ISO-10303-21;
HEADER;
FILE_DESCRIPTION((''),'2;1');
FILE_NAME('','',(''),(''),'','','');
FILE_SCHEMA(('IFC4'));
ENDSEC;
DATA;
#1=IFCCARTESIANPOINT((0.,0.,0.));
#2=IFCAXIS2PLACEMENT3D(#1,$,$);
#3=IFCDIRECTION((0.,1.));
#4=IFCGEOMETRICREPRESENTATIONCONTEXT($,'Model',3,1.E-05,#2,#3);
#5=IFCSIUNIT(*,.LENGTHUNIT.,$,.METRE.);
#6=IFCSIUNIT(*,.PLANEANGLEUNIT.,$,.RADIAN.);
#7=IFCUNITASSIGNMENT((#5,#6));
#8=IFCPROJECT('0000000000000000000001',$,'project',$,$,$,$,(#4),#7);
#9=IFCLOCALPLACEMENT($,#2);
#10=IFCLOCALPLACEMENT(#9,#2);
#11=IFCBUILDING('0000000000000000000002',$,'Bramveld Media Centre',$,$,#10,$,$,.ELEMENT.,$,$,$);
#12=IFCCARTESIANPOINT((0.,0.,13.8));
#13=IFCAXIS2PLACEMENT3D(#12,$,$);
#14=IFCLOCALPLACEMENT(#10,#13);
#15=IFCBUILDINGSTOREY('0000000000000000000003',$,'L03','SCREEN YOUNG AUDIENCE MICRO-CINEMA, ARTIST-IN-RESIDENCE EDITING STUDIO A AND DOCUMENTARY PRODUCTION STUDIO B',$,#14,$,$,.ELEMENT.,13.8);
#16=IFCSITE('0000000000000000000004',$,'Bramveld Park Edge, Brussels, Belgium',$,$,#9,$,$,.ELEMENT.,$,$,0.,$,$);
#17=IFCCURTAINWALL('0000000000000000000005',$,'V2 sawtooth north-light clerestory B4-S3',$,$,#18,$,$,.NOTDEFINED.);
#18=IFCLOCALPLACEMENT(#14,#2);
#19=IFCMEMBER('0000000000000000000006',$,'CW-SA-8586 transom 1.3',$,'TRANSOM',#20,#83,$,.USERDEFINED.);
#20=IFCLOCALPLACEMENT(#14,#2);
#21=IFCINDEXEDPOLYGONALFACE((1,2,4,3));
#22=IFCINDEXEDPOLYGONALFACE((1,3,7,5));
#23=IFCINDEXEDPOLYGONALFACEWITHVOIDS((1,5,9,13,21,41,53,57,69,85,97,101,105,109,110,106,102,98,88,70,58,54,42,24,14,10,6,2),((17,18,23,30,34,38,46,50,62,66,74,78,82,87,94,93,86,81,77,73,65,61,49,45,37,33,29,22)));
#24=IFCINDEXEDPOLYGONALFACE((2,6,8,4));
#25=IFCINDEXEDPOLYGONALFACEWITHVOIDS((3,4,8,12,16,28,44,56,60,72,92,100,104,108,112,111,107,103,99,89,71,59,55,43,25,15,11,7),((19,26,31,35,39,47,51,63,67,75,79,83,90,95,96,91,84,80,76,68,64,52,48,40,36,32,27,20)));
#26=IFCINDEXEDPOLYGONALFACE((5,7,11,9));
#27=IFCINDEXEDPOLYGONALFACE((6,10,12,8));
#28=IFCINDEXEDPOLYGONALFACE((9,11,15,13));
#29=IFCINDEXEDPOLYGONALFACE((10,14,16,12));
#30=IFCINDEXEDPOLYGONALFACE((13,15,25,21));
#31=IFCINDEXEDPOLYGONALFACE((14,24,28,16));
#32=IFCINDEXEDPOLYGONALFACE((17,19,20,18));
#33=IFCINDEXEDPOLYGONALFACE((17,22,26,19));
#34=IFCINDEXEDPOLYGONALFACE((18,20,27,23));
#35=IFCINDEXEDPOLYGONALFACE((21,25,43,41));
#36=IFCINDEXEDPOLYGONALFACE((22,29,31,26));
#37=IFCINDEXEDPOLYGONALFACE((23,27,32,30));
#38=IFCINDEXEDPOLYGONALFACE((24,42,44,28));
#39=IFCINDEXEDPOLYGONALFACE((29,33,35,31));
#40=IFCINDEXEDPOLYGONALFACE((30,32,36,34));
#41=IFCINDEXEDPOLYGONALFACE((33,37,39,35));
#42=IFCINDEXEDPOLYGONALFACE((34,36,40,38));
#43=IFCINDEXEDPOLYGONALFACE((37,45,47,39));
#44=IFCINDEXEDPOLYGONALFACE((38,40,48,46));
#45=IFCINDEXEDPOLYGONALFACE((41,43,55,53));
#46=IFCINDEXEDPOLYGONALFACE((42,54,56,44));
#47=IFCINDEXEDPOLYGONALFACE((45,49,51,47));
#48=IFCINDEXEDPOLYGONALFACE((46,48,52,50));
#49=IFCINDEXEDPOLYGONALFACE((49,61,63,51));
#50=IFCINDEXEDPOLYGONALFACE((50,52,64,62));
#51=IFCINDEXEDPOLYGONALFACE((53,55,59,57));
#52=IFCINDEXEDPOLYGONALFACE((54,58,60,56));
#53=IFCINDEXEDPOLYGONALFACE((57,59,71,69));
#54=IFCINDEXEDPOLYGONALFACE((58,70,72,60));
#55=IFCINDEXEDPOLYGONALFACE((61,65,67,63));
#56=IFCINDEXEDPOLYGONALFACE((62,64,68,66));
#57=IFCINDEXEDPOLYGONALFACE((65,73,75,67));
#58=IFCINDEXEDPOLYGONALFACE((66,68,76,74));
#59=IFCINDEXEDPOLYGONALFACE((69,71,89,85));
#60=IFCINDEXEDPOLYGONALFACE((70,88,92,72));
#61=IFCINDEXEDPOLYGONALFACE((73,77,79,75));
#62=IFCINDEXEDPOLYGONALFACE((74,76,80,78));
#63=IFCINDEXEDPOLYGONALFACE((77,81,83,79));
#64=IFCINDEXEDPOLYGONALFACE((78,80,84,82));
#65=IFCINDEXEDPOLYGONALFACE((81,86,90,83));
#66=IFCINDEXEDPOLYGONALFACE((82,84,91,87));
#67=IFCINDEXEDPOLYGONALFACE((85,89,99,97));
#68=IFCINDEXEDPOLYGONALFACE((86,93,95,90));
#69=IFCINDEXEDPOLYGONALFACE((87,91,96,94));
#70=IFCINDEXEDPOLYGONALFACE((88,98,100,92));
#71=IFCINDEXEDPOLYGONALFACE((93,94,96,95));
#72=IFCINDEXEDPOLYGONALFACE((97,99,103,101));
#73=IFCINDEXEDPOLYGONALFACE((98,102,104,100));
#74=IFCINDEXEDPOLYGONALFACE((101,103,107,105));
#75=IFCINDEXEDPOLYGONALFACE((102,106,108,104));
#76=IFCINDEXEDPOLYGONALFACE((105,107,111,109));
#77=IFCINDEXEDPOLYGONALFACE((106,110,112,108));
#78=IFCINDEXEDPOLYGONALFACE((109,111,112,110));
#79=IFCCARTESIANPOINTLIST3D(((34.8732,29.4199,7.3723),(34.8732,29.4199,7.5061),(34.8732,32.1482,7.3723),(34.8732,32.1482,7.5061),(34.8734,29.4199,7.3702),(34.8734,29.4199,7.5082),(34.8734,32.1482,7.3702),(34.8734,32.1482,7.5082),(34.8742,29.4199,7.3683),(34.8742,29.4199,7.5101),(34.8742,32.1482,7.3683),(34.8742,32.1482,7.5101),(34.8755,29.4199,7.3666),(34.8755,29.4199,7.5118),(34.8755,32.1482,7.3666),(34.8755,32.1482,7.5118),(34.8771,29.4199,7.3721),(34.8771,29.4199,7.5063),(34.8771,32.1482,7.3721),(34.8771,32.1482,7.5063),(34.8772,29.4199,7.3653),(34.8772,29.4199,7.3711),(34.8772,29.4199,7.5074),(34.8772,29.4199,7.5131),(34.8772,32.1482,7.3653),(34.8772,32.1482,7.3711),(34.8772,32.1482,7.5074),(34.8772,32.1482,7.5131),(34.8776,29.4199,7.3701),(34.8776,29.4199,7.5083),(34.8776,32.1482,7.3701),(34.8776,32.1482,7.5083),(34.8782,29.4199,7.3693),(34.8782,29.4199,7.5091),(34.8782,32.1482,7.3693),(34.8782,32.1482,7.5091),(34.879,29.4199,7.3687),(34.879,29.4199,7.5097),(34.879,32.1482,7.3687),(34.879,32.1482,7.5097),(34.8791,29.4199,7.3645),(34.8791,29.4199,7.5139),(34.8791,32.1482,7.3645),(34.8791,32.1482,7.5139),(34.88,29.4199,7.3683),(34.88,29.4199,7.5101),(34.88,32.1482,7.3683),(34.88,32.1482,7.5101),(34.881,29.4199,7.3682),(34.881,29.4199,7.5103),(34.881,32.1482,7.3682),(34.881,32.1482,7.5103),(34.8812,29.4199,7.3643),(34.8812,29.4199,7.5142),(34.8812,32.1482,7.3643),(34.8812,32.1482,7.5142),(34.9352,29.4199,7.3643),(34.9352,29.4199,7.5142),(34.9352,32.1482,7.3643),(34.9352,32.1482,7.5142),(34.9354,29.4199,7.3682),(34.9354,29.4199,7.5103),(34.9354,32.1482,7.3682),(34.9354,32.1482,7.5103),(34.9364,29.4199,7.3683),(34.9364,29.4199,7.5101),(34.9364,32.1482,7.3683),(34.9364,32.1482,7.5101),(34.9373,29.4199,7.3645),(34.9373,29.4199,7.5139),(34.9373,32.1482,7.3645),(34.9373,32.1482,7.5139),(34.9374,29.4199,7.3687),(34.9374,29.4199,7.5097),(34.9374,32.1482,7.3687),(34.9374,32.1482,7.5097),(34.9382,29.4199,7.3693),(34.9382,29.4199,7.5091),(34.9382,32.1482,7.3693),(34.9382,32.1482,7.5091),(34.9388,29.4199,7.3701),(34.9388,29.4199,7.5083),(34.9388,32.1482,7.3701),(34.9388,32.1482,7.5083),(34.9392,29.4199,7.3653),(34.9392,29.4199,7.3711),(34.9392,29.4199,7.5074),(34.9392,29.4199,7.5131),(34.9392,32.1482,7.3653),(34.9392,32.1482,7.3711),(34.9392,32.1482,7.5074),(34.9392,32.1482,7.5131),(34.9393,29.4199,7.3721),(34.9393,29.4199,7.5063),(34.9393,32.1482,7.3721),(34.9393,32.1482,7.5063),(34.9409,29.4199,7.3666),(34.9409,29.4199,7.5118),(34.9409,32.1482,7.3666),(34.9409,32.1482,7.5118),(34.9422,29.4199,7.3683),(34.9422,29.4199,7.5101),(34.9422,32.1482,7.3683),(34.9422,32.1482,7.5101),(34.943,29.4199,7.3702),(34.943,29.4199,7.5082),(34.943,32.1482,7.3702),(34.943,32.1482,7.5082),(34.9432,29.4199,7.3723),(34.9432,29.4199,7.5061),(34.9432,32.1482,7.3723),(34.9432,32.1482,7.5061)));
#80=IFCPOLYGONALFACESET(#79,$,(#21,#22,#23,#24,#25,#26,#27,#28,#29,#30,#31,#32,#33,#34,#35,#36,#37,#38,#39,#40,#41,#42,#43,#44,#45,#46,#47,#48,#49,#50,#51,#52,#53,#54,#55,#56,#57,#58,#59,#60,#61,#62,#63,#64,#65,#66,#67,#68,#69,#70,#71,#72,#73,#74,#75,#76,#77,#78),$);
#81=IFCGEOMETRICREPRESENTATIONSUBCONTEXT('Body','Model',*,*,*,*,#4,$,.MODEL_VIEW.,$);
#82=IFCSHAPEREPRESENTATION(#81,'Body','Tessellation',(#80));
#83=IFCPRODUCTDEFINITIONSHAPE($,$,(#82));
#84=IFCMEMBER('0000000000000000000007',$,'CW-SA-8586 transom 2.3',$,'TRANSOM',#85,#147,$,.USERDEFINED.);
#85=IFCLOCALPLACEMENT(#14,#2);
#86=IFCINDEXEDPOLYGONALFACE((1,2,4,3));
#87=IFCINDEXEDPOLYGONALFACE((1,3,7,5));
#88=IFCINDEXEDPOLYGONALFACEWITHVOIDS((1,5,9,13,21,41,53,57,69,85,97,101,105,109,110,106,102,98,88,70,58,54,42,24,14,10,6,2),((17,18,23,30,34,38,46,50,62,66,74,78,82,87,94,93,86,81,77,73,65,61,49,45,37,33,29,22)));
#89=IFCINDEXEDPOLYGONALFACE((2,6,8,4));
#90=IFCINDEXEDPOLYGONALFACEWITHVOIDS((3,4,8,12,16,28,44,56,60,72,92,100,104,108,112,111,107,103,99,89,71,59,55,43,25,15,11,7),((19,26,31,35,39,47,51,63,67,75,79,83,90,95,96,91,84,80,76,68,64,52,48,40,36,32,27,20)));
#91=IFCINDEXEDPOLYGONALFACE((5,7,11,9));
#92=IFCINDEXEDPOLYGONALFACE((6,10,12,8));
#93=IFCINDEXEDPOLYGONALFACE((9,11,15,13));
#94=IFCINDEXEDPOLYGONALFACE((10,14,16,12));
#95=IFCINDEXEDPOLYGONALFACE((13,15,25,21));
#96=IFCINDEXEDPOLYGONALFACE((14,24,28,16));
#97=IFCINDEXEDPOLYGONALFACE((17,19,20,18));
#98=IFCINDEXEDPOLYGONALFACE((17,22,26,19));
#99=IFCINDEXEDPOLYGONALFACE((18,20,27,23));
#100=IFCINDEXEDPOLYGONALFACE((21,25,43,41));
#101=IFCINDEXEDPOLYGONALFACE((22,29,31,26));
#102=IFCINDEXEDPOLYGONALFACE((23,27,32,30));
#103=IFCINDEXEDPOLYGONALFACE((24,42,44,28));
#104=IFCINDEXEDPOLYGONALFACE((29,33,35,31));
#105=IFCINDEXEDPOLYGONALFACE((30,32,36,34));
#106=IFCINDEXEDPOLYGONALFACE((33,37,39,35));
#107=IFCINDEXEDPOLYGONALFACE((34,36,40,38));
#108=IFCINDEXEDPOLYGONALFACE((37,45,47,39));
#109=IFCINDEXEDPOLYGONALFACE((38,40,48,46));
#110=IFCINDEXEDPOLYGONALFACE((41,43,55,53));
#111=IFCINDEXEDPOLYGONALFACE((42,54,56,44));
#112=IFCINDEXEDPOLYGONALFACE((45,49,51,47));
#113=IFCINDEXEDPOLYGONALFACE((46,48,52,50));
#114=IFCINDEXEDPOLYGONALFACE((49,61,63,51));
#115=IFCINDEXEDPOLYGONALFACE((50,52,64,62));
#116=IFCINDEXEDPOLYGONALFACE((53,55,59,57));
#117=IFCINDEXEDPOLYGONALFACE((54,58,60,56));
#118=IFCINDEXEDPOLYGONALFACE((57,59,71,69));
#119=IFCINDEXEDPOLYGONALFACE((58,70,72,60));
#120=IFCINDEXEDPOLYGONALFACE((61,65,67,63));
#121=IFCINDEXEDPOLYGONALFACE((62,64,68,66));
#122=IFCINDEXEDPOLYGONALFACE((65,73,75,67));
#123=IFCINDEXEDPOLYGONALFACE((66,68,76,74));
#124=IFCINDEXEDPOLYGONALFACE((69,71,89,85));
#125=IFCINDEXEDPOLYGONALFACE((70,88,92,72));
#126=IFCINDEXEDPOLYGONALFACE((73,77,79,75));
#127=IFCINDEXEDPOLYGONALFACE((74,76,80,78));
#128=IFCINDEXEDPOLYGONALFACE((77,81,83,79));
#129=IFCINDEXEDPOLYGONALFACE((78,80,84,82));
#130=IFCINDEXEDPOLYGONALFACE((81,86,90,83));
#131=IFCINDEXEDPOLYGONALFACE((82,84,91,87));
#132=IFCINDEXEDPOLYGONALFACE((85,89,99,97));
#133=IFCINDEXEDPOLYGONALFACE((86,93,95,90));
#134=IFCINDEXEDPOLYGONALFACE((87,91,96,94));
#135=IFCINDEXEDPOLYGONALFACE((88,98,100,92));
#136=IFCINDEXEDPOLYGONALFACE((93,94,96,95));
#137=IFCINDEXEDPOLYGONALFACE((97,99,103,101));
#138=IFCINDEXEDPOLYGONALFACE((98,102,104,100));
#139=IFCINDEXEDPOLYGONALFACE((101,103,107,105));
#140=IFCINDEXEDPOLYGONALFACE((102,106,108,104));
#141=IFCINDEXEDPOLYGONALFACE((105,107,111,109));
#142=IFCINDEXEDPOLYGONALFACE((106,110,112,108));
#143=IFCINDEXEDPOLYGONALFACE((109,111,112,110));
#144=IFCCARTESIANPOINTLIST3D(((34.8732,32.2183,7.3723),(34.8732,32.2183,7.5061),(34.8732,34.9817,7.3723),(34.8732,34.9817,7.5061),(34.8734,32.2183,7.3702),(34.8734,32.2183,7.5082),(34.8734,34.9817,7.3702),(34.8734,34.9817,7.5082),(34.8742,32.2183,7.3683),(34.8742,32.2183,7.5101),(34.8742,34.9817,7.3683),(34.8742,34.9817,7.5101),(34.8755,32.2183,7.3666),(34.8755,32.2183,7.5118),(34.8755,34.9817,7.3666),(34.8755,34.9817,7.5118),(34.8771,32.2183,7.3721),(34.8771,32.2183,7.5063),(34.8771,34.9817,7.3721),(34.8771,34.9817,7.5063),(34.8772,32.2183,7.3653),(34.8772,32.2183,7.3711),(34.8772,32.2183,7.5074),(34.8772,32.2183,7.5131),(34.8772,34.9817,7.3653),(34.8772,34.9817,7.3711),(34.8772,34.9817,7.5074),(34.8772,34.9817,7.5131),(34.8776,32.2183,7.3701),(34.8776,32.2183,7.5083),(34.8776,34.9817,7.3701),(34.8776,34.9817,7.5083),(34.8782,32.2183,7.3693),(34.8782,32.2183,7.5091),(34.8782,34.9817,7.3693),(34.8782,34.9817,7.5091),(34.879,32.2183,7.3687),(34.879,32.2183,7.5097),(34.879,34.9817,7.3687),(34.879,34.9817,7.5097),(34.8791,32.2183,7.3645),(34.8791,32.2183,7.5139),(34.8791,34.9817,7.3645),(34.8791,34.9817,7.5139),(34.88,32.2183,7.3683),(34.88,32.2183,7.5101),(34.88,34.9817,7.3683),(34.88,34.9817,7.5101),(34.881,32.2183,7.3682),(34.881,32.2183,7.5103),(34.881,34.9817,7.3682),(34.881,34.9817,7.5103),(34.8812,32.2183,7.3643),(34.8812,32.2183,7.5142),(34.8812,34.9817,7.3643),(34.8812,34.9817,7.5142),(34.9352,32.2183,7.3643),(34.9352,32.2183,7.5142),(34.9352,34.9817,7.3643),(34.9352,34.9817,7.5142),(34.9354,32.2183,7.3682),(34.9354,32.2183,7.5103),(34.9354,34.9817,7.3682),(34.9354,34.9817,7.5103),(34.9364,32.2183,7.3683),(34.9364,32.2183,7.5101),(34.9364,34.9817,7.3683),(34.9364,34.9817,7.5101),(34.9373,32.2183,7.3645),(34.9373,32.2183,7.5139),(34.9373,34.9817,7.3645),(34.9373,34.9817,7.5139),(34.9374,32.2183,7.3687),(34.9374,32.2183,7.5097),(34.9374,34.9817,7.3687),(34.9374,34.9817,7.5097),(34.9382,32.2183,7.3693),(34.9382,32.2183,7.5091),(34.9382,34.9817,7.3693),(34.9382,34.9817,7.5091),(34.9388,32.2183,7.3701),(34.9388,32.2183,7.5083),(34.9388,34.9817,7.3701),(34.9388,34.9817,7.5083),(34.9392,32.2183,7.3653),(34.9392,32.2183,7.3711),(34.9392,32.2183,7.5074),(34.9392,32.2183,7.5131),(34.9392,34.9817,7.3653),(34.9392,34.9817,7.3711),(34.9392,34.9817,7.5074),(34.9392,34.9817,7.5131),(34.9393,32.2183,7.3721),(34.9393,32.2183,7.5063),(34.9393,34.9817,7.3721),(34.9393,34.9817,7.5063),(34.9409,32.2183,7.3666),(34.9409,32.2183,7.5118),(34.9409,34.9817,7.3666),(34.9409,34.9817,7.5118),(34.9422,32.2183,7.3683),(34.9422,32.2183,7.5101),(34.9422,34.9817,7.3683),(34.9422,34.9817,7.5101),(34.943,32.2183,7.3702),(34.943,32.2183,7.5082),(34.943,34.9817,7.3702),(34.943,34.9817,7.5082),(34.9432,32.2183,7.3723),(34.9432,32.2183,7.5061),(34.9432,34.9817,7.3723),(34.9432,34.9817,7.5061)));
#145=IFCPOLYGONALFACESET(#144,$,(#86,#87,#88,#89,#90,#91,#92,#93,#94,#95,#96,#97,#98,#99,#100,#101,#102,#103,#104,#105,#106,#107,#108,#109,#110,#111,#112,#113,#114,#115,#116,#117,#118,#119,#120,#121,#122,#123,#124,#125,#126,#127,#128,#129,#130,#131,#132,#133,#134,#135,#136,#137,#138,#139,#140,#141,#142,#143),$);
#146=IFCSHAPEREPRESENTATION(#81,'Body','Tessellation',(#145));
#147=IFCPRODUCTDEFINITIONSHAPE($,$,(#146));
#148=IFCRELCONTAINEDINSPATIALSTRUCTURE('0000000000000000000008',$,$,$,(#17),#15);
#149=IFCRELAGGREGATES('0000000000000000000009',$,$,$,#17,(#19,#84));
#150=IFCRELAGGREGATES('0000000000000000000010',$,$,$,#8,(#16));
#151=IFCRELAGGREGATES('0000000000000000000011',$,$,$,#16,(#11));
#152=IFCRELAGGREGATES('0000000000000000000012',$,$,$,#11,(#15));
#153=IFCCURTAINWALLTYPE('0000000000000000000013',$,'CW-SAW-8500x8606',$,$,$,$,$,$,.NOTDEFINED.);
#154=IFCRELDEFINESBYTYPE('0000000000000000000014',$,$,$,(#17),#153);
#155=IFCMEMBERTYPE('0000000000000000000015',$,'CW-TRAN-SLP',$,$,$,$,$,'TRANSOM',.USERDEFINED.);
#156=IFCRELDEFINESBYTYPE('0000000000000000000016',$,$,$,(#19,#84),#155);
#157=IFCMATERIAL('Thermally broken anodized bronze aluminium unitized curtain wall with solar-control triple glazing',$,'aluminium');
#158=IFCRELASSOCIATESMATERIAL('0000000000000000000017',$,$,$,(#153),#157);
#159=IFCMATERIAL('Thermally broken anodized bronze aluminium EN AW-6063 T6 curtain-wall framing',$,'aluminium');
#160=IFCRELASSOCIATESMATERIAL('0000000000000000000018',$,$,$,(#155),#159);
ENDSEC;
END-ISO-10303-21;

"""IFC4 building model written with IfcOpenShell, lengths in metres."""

from ifc_helpers import new_model, si_unit, direction, frame, origin, origin_2d, place, context, subcontext, project, spatial, hollow_rectangle, extrude, material, material_profile, profile_set, type_object, element, aggregate, save


model = new_model("IFC4")

# Units and contexts
model_context = context("Model", 3, precision=1e-05, world=origin(), true_north=direction((0.0, 1.0)))
body_context = subcontext(model_context, "Body", "Model", "MODEL_VIEW")
ifc_project = project(units=[si_unit("LENGTHUNIT", "METRE"), si_unit("PLANEANGLEUNIT", "RADIAN")], contexts=[model_context])

# Site, building, storey
site_placement = place(None, origin())
site = spatial("IfcSite", under=ifc_project, at=site_placement, Name="Bramveld Park Edge, Brussels, Belgium", CompositionType="ELEMENT", RefElevation=0.0)
building_placement = place(site_placement, origin())
building = spatial("IfcBuilding", under=site, at=building_placement, Name="Bramveld Media Centre", CompositionType="ELEMENT")
storey_placement = place(building_placement, frame((0.0, 0.0, 13.8)))
storey = spatial("IfcBuildingStorey", under=building, at=storey_placement, Name="L03", Description="SCREEN YOUNG AUDIENCE MICRO-CINEMA, ARTIST-IN-RESIDENCE EDITING STUDIO A AND DOCUMENTARY PRODUCTION STUDIO B", CompositionType="ELEMENT", Elevation=13.8)

# Curtain wall, members
ifc_material_1 = material(Name="Thermally broken anodized bronze aluminium unitized curtain wall with solar-control triple glazing", Category="aluminium")
curtain_wall_type_1 = type_object("IfcCurtainWallType", Name="CW-SAW-8500x8606", PredefinedType="NOTDEFINED", material=ifc_material_1)
ifc_material_2 = material(Name="Thermally broken anodized bronze aluminium EN AW-6063 T6 curtain-wall framing", Category="aluminium")
ifc_material_profile_1 = material_profile(ifc_material_2, hollow_rectangle(XDim=0.0701, YDim=0.1499, WallThickness=0.0039, InnerFilletRadius=0.0039, OuterFilletRadius=0.0081, at=origin_2d()), Name="AL-TRAN 70x150")
ifc_profile_set_1 = profile_set([ifc_material_profile_1], Name="Thermally broken anodized bronze aluminium EN AW-6063 T6 curtain-wall framing")
member_type_1 = type_object("IfcMemberType", Name="CW-TRAN-SLP", ElementType="TRANSOM", PredefinedType="USERDEFINED", material=ifc_profile_set_1)
curtain_wall_1_placement = place(storey_placement, origin())
curtain_wall_1 = element("IfcCurtainWall", 1, at=curtain_wall_1_placement, inside=storey, type_object=curtain_wall_type_1, Name="V2 sawtooth north-light clerestory B4-S3", PredefinedType="NOTDEFINED")
member_1_placement = place(storey_placement, frame((34.9082, 29.4199, 7.4392), z_axis=(0.0, 1.0, 0.0), x_axis=(-1.0, 0.0, 0.0)))
member_1 = element("IfcMember", 2, at=member_1_placement, type_object=member_type_1, Name="CW-SA-8586 transom 1.3", ObjectType="TRANSOM", PredefinedType="USERDEFINED", context=body_context, shape_type="SweptSolid", body=[
    extrude(hollow_rectangle(XDim=0.0701, YDim=0.1499, WallThickness=0.0039, InnerFilletRadius=0.0039, OuterFilletRadius=0.0081, at=origin_2d()), origin(), (0.0, 0.0, 1.0), 2.7283),
])
member_2_placement = place(storey_placement, frame((34.9082, 32.2183, 7.4392), z_axis=(0.0, 1.0, 0.0), x_axis=(-1.0, 0.0, 0.0)))
member_2 = element("IfcMember", 3, at=member_2_placement, type_object=member_type_1, Name="CW-SA-8586 transom 2.3", ObjectType="TRANSOM", PredefinedType="USERDEFINED", context=body_context, shape_type="SweptSolid", body=[
    extrude(hollow_rectangle(XDim=0.0701, YDim=0.1499, WallThickness=0.0039, InnerFilletRadius=0.0039, OuterFilletRadius=0.0081, at=origin_2d()), origin(), (0.0, 0.0, 1.0), 2.7634),
])

aggregate(curtain_wall_1, [member_1, member_2])

save(model, "model.ifc")
